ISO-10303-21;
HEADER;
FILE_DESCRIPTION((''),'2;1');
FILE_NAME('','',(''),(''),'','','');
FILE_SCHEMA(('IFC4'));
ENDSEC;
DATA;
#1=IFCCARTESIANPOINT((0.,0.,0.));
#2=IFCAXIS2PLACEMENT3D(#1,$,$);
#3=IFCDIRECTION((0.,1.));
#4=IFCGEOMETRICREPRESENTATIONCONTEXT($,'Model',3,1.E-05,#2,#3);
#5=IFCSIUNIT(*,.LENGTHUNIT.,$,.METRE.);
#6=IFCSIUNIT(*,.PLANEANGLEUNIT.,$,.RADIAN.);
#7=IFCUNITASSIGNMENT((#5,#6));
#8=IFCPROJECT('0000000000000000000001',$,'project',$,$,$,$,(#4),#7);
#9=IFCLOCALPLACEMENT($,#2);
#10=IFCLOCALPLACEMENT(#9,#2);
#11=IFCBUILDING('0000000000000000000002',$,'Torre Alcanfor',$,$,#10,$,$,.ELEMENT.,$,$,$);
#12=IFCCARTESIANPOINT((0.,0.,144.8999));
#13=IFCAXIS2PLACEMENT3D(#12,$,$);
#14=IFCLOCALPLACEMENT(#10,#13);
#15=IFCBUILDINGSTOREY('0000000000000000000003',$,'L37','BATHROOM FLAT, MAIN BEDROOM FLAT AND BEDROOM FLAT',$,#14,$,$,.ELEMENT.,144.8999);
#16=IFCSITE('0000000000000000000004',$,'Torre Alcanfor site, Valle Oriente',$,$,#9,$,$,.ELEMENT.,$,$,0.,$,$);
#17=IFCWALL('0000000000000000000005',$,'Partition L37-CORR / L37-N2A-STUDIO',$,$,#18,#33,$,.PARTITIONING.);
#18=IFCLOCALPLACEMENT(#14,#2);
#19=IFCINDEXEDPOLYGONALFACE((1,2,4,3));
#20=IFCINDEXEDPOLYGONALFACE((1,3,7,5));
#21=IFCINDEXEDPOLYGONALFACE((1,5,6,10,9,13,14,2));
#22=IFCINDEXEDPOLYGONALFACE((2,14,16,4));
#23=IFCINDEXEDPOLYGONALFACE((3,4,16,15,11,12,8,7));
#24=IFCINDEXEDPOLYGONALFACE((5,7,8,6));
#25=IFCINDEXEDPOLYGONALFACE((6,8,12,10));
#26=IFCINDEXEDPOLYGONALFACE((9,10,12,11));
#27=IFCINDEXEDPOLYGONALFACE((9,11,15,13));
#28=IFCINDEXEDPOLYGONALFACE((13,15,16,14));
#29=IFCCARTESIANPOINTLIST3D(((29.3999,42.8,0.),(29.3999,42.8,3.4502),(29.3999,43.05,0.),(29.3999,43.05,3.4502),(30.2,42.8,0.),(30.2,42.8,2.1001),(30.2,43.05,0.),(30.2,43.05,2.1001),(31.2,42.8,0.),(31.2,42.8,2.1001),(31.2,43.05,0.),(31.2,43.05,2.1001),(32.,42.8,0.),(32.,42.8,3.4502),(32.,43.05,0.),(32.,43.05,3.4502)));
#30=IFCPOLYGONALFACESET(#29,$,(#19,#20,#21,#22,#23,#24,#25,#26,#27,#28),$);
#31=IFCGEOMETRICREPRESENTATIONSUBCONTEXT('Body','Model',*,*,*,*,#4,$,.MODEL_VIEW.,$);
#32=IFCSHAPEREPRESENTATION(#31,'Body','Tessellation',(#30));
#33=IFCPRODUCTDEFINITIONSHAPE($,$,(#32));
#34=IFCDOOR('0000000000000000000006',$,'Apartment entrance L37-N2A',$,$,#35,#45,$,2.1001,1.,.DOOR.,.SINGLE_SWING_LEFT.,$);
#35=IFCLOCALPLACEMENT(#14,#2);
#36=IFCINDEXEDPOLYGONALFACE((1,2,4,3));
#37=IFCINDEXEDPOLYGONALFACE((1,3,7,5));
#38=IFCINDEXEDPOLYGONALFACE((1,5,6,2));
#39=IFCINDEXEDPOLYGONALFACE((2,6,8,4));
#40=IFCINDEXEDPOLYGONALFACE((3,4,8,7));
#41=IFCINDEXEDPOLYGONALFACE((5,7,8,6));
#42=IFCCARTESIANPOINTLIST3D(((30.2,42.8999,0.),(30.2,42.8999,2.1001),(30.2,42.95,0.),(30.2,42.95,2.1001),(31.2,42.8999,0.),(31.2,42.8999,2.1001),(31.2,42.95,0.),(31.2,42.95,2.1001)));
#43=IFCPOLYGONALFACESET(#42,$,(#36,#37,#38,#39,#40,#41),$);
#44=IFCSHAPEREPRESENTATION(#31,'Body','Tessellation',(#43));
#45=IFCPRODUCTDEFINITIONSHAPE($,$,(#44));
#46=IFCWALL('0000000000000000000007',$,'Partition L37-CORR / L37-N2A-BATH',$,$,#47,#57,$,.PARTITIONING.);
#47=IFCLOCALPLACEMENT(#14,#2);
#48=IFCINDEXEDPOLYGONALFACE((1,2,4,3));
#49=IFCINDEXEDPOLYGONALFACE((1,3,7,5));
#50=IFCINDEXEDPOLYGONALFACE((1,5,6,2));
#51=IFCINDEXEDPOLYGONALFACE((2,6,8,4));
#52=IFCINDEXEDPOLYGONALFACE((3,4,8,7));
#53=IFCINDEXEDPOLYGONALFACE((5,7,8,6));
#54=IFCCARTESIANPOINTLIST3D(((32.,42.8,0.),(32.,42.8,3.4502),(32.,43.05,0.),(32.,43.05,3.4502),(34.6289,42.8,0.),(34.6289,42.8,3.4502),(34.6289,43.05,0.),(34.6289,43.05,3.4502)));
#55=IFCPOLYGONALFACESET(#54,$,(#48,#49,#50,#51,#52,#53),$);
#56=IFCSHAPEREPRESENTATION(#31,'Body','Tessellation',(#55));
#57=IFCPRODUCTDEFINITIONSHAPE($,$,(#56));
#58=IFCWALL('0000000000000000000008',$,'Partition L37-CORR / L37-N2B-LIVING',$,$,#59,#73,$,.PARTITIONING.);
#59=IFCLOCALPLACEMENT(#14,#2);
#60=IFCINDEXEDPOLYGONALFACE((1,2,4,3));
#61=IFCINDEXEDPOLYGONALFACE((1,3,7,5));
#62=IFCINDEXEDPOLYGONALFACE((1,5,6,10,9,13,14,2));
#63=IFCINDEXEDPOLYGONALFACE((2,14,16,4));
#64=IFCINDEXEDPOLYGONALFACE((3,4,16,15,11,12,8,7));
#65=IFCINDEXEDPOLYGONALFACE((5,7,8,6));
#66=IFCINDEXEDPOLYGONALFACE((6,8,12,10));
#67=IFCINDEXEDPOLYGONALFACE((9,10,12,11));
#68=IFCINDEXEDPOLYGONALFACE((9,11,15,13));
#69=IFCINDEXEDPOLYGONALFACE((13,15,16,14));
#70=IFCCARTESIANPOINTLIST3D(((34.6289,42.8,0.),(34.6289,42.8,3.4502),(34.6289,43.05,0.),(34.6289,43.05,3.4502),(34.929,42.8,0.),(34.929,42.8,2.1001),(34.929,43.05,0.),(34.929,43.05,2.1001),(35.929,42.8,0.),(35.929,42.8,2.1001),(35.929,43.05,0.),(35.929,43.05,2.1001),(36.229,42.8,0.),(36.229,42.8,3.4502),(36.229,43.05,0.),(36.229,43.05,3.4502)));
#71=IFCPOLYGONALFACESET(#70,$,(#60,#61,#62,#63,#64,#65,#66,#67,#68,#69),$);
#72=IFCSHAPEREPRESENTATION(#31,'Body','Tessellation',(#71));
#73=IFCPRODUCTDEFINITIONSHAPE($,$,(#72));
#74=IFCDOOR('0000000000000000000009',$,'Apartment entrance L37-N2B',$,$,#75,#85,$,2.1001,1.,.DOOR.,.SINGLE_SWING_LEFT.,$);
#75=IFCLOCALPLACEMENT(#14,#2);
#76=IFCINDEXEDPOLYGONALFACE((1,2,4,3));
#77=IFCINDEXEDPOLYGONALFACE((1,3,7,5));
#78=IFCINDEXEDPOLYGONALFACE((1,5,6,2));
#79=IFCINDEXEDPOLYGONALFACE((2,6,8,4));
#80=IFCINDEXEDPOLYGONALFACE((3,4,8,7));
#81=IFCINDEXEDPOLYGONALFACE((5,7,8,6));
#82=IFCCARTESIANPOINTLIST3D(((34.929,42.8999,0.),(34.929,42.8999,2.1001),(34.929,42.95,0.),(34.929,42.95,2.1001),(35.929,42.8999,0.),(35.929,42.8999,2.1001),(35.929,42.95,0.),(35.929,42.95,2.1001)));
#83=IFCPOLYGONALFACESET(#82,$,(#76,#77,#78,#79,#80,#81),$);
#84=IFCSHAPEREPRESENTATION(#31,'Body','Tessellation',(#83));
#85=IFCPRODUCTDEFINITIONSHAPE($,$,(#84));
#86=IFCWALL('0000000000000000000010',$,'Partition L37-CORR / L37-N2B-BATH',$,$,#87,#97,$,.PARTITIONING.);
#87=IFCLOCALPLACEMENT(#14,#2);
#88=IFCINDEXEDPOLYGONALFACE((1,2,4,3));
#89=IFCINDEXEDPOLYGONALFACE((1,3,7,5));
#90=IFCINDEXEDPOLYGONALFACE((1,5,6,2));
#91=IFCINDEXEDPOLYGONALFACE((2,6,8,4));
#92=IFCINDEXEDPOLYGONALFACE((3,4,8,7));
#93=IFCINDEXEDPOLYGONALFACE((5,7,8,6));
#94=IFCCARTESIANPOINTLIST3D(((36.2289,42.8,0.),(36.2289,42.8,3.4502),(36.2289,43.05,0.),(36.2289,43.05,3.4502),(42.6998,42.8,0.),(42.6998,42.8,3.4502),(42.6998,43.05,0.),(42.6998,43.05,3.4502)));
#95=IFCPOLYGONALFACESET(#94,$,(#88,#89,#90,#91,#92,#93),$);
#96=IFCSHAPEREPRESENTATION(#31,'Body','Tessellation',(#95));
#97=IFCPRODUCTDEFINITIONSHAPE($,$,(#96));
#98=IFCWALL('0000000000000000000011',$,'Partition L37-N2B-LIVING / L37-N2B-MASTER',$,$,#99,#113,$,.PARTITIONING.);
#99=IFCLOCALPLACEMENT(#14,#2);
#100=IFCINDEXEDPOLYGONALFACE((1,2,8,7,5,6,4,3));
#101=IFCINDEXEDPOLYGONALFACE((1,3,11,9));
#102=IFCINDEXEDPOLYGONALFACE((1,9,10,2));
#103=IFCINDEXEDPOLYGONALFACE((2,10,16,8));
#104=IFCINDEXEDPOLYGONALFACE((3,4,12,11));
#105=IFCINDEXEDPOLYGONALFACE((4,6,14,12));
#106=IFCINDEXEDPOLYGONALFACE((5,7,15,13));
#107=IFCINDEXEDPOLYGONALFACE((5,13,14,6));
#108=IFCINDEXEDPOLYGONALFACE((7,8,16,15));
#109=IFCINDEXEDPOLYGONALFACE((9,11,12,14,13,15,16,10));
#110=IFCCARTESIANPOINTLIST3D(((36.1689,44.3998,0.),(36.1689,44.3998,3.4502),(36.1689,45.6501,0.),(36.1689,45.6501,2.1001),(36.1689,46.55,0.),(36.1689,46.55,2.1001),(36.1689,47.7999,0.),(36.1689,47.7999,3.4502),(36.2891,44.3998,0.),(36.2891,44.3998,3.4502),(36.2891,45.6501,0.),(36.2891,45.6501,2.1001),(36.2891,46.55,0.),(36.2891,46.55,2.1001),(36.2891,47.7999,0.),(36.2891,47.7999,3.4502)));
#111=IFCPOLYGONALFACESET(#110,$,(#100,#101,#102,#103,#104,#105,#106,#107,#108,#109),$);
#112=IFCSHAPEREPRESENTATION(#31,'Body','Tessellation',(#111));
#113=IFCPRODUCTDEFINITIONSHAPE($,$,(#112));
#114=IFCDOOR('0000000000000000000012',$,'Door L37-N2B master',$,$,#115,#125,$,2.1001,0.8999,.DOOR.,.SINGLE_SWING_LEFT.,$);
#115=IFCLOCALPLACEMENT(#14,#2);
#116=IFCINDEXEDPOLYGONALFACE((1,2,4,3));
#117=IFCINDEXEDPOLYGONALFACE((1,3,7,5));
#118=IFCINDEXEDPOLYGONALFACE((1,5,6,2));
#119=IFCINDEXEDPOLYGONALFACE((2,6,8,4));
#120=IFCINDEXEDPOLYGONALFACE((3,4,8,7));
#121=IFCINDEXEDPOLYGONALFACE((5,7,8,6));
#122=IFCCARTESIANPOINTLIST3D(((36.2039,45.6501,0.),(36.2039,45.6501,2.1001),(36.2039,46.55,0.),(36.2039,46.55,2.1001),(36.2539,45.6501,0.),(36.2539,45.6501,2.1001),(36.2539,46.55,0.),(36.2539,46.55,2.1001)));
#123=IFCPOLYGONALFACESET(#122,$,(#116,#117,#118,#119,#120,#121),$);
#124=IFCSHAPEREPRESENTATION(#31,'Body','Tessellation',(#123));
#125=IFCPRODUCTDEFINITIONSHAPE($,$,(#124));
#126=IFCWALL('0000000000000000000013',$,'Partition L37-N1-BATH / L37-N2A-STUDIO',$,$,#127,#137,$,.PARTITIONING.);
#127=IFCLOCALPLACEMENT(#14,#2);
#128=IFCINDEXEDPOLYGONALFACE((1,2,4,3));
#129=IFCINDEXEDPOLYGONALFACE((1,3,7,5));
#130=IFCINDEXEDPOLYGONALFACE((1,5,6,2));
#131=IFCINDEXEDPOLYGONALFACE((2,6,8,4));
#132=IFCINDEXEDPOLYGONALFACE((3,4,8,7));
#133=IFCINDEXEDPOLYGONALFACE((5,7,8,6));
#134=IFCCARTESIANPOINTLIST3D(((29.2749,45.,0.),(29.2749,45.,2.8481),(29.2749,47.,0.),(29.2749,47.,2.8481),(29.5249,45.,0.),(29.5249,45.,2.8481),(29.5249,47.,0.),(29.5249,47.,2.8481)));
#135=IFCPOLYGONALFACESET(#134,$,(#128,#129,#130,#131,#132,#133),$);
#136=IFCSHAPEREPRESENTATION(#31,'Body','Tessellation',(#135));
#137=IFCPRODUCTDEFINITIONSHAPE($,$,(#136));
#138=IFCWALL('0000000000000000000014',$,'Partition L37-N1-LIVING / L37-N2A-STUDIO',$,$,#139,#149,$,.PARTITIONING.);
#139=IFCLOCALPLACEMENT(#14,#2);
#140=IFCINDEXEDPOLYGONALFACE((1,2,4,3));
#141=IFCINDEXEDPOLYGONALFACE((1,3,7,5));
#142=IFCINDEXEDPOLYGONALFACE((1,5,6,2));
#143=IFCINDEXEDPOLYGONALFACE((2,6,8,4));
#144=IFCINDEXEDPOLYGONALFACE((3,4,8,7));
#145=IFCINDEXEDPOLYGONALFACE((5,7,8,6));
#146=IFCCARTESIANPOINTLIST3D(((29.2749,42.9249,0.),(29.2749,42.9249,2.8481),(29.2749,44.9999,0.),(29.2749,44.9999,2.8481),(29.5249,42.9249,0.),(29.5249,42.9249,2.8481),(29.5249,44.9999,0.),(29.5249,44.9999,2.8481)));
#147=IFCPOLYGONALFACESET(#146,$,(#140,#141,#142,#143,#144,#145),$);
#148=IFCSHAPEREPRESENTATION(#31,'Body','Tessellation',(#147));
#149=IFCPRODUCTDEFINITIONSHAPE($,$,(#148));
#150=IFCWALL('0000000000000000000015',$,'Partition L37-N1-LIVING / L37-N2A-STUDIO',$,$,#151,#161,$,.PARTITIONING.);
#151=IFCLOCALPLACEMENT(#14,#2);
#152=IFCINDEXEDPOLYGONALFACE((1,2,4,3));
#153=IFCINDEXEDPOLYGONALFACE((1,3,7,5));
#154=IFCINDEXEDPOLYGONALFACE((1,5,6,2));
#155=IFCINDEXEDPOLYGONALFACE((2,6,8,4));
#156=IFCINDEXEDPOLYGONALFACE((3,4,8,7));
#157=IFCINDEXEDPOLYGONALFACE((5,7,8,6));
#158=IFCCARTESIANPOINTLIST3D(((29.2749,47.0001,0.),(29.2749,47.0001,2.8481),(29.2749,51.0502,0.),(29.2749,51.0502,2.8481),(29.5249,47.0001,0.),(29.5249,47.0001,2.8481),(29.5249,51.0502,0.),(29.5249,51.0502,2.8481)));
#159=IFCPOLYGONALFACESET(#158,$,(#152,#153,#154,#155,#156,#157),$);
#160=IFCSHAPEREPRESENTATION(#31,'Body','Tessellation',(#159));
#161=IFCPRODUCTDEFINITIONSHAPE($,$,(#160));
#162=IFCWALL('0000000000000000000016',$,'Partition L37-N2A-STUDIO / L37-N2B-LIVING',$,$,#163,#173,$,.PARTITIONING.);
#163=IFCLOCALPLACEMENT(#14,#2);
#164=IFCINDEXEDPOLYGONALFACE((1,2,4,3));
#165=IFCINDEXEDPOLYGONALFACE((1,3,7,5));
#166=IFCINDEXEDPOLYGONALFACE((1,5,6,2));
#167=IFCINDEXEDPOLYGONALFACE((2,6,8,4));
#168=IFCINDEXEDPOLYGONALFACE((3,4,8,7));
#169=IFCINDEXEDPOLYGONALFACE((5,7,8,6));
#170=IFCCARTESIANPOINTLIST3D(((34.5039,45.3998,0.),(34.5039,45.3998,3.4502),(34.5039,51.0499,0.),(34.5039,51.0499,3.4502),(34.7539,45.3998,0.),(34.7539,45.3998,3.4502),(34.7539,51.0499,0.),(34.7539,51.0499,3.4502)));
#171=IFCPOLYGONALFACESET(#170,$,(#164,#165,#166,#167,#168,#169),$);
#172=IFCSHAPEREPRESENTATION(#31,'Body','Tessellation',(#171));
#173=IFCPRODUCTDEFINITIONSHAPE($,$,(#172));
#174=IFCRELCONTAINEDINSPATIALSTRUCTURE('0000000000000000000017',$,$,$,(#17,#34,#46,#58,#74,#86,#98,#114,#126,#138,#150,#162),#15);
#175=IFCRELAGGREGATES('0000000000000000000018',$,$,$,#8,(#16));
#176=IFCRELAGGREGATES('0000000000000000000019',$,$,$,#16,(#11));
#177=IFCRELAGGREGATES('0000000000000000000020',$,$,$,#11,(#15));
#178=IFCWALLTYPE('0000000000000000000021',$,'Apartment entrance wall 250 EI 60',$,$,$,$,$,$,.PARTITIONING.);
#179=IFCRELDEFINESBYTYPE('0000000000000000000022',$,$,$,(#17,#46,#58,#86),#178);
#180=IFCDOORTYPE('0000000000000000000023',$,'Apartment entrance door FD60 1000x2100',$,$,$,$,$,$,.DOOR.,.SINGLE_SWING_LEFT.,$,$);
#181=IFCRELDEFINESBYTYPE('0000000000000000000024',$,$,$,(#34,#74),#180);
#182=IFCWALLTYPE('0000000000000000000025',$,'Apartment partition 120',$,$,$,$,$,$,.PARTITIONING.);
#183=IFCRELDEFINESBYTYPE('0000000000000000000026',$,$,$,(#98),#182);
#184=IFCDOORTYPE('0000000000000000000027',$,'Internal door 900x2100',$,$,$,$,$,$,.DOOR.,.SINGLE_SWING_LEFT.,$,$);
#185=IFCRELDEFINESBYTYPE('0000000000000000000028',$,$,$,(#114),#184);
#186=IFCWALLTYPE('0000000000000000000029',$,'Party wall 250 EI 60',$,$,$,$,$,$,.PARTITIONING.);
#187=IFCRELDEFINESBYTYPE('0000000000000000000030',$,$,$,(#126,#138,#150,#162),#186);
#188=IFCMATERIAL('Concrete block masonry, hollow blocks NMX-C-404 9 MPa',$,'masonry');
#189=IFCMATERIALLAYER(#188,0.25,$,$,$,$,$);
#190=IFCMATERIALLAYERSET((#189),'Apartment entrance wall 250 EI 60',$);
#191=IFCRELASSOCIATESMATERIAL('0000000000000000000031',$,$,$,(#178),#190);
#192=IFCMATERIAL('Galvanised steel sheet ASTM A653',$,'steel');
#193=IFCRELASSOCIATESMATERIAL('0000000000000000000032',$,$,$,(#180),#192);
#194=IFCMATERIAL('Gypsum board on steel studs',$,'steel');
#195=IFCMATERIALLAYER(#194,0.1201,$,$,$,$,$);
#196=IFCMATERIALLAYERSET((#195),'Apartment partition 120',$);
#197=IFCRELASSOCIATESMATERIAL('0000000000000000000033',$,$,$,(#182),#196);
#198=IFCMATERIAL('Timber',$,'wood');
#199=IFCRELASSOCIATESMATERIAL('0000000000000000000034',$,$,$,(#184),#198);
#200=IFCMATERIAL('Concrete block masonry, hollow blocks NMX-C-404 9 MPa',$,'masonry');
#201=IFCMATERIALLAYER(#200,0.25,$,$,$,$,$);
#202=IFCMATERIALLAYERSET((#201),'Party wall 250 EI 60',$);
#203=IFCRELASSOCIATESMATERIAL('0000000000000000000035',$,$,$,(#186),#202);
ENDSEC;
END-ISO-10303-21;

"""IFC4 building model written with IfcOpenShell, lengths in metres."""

from ifc_helpers import new_model, si_unit, direction, frame, frame_2d, origin, place, context, subcontext, project, spatial, rectangle, extrude, material, layer, layer_set, type_object, element, fill, save


model = new_model("IFC4")

# Units and contexts
model_context = context("Model", 3, precision=1e-05, world=origin(), true_north=direction((0.0, 1.0)))
body_context = subcontext(model_context, "Body", "Model", "MODEL_VIEW")
ifc_project = project(units=[si_unit("LENGTHUNIT", "METRE"), si_unit("PLANEANGLEUNIT", "RADIAN")], contexts=[model_context])

# Site, building, storey
site_placement = place(None, origin())
site = spatial("IfcSite", under=ifc_project, at=site_placement, Name="Torre Alcanfor site, Valle Oriente", CompositionType="ELEMENT", RefElevation=0.0)
building_placement = place(site_placement, origin())
building = spatial("IfcBuilding", under=site, at=building_placement, Name="Torre Alcanfor", CompositionType="ELEMENT")
storey_placement = place(building_placement, frame((0.0, 0.0, 144.8999)))
storey = spatial("IfcBuildingStorey", under=building, at=storey_placement, Name="L37", Description="BATHROOM FLAT, MAIN BEDROOM FLAT AND BEDROOM FLAT", CompositionType="ELEMENT", Elevation=144.8999)

# Wall, opening, door
ifc_material_1 = material(Name="Concrete block masonry, hollow blocks NMX-C-404 9 MPa", Category="masonry")
ifc_layer_1 = layer(ifc_material_1, 0.25)
ifc_layer_set_1 = layer_set([ifc_layer_1], Name="Apartment entrance wall 250 EI 60")
wall_type_1 = type_object("IfcWallType", Name="Apartment entrance wall 250 EI 60", PredefinedType="PARTITIONING", material=ifc_layer_set_1)
wall_1_placement = place(storey_placement, frame((29.3999, 42.925, 0.0), z_axis=(0.0, 0.0, 1.0), x_axis=(1.0, 0.0, 0.0)))
wall_1 = element("IfcWall", 1, at=wall_1_placement, inside=storey, type_object=wall_type_1, Name="Partition L37-CORR / L37-N2A-STUDIO", PredefinedType="PARTITIONING", context=body_context, shape_type="SweptSolid", body=[
    extrude(rectangle(XDim=2.6001, YDim=0.25, at=frame_2d((1.3, 0.0))), origin(), (0.0, 0.0, 1.0), 3.4502),
])
opening_1_placement = place(wall_1_placement, frame((0.8, 0.0, 0.0)))
opening_1 = element("IfcOpeningElement", 2, at=opening_1_placement, cuts=wall_1, PredefinedType="OPENING", context=body_context, shape_type="SweptSolid", body=[
    extrude(rectangle(XDim=1.0, YDim=2.1001, at=frame_2d((0.5, 1.05))), frame((0.0, 0.135, 0.0), z_axis=(0.0, -1.0, 0.0), x_axis=(1.0, 0.0, 0.0)), (0.0, 0.0, 1.0), 0.27),
])
ifc_material_2 = material(Name="Galvanised steel sheet ASTM A653", Category="steel")
door_type_1 = type_object("IfcDoorType", Name="Apartment entrance door FD60 1000x2100", OperationType="SINGLE_SWING_LEFT", PredefinedType="DOOR", material=ifc_material_2)
door_1_placement = place(opening_1_placement, origin())
door_1 = element("IfcDoor", 3, at=door_1_placement, inside=storey, type_object=door_type_1, Name="Apartment entrance L37-N2A", OperationType="SINGLE_SWING_LEFT", OverallHeight=2.1001, OverallWidth=1.0, PredefinedType="DOOR", context=body_context, shape_type="SweptSolid", body=[
    extrude(rectangle(XDim=1.0, YDim=2.1001, at=frame_2d((0.5, 1.05))), frame((0.0, 0.0249, 0.0), z_axis=(0.0, -1.0, 0.0), x_axis=(1.0, 0.0, 0.0)), (0.0, 0.0, 1.0), 0.05),
])
fill(opening_1, door_1)

# Wall
wall_2_placement = place(storey_placement, frame((32.0, 42.925, 0.0), z_axis=(0.0, 0.0, 1.0), x_axis=(1.0, 0.0, 0.0)))
element("IfcWall", 4, at=wall_2_placement, inside=storey, type_object=wall_type_1, Name="Partition L37-CORR / L37-N2A-BATH", PredefinedType="PARTITIONING", context=body_context, shape_type="SweptSolid", body=[
    extrude(rectangle(XDim=2.6289, YDim=0.25, at=frame_2d((1.3145, 0.0))), origin(), (0.0, 0.0, 1.0), 3.4502),
])

# Wall, opening, door
wall_3_placement = place(storey_placement, frame((34.6289, 42.925, 0.0), z_axis=(0.0, 0.0, 1.0), x_axis=(1.0, 0.0, 0.0)))
wall_3 = element("IfcWall", 5, at=wall_3_placement, inside=storey, type_object=wall_type_1, Name="Partition L37-CORR / L37-N2B-LIVING", PredefinedType="PARTITIONING", context=body_context, shape_type="SweptSolid", body=[
    extrude(rectangle(XDim=1.6001, YDim=0.25, at=frame_2d((0.8, 0.0))), origin(), (0.0, 0.0, 1.0), 3.4502),
])
opening_2_placement = place(wall_3_placement, frame((0.3, 0.0, 0.0)))
opening_2 = element("IfcOpeningElement", 6, at=opening_2_placement, cuts=wall_3, PredefinedType="OPENING", context=body_context, shape_type="SweptSolid", body=[
    extrude(rectangle(XDim=1.0, YDim=2.1001, at=frame_2d((0.5, 1.05))), frame((0.0, 0.135, 0.0), z_axis=(0.0, -1.0, 0.0), x_axis=(1.0, 0.0, 0.0)), (0.0, 0.0, 1.0), 0.27),
])
door_2_placement = place(opening_2_placement, origin())
door_2 = element("IfcDoor", 7, at=door_2_placement, inside=storey, type_object=door_type_1, Name="Apartment entrance L37-N2B", OperationType="SINGLE_SWING_LEFT", OverallHeight=2.1001, OverallWidth=1.0, PredefinedType="DOOR", context=body_context, shape_type="SweptSolid", body=[
    extrude(rectangle(XDim=1.0, YDim=2.1001, at=frame_2d((0.5, 1.05))), frame((0.0, 0.0249, 0.0), z_axis=(0.0, -1.0, 0.0), x_axis=(1.0, 0.0, 0.0)), (0.0, 0.0, 1.0), 0.05),
])
fill(opening_2, door_2)

# Wall
wall_4_placement = place(storey_placement, frame((36.229, 42.925, 0.0), z_axis=(0.0, 0.0, 1.0), x_axis=(1.0, 0.0, 0.0)))
element("IfcWall", 8, at=wall_4_placement, inside=storey, type_object=wall_type_1, Name="Partition L37-CORR / L37-N2B-BATH", PredefinedType="PARTITIONING", context=body_context, shape_type="SweptSolid", body=[
    extrude(rectangle(XDim=6.4709, YDim=0.25, at=frame_2d((3.2354, 0.0))), origin(), (0.0, 0.0, 1.0), 3.4502),
])

# Wall, opening, door
ifc_material_3 = material(Name="Gypsum board on steel studs", Category="steel")
ifc_layer_2 = layer(ifc_material_3, 0.1201)
ifc_layer_set_2 = layer_set([ifc_layer_2], Name="Apartment partition 120")
wall_type_2 = type_object("IfcWallType", Name="Apartment partition 120", PredefinedType="PARTITIONING", material=ifc_layer_set_2)
wall_5_placement = place(storey_placement, frame((36.229, 47.8, 0.0), z_axis=(0.0, 0.0, 1.0), x_axis=(0.0, -1.0, 0.0)))
wall_5 = element("IfcWall", 9, at=wall_5_placement, inside=storey, type_object=wall_type_2, Name="Partition L37-N2B-LIVING / L37-N2B-MASTER", PredefinedType="PARTITIONING", context=body_context, shape_type="SweptSolid", body=[
    extrude(rectangle(XDim=3.4001, YDim=0.1201, at=frame_2d((1.7002, 0.0))), origin(), (0.0, 0.0, 1.0), 3.4502),
])
opening_3_placement = place(wall_5_placement, frame((1.25, 0.0, 0.0)))
opening_3 = element("IfcOpeningElement", 10, at=opening_3_placement, cuts=wall_5, PredefinedType="OPENING", context=body_context, shape_type="SweptSolid", body=[
    extrude(rectangle(XDim=0.8999, YDim=2.1001, at=frame_2d((0.45, 1.05))), frame((0.0, 0.0701, 0.0), z_axis=(0.0, -1.0, 0.0), x_axis=(1.0, 0.0, 0.0)), (0.0, 0.0, 1.0), 0.1401),
])
ifc_material_4 = material(Name="Timber", Category="wood")
door_type_2 = type_object("IfcDoorType", Name="Internal door 900x2100", OperationType="SINGLE_SWING_LEFT", PredefinedType="DOOR", material=ifc_material_4)
door_3_placement = place(opening_3_placement, origin())
door_3 = element("IfcDoor", 11, at=door_3_placement, inside=storey, type_object=door_type_2, Name="Door L37-N2B master", OperationType="SINGLE_SWING_LEFT", OverallHeight=2.1001, OverallWidth=0.8999, PredefinedType="DOOR", context=body_context, shape_type="SweptSolid", body=[
    extrude(rectangle(XDim=0.8999, YDim=2.1001, at=frame_2d((0.45, 1.05))), frame((0.0, 0.0249, 0.0), z_axis=(0.0, -1.0, 0.0), x_axis=(1.0, 0.0, 0.0)), (0.0, 0.0, 1.0), 0.05),
])
fill(opening_3, door_3)

# Walls
ifc_material_5 = material(Name="Concrete block masonry, hollow blocks NMX-C-404 9 MPa", Category="masonry")
ifc_layer_3 = layer(ifc_material_5, 0.25)
ifc_layer_set_3 = layer_set([ifc_layer_3], Name="Party wall 250 EI 60")
wall_type_3 = type_object("IfcWallType", Name="Party wall 250 EI 60", PredefinedType="PARTITIONING", material=ifc_layer_set_3)
wall_6_placement = place(storey_placement, frame((29.3999, 45.0, 0.0), z_axis=(0.0, 0.0, 1.0), x_axis=(0.0, 1.0, 0.0)))
element("IfcWall", 12, at=wall_6_placement, inside=storey, type_object=wall_type_3, Name="Partition L37-N1-BATH / L37-N2A-STUDIO", PredefinedType="PARTITIONING", context=body_context, shape_type="SweptSolid", body=[
    extrude(rectangle(XDim=2.0, YDim=0.25, at=frame_2d((1.0, 0.0))), origin(), (0.0, 0.0, 1.0), 2.8481),
])
wall_7_placement = place(storey_placement, frame((29.3999, 45.0, 0.0), z_axis=(0.0, 0.0, 1.0), x_axis=(0.0, -1.0, 0.0)))
element("IfcWall", 13, at=wall_7_placement, inside=storey, type_object=wall_type_3, Name="Partition L37-N1-LIVING / L37-N2A-STUDIO", PredefinedType="PARTITIONING", context=body_context, shape_type="SweptSolid", body=[
    extrude(rectangle(XDim=2.075, YDim=0.25, at=frame_2d((1.0376, 0.0))), origin(), (0.0, 0.0, 1.0), 2.8481),
])
wall_8_placement = place(storey_placement, frame((29.3999, 51.05, 0.0), z_axis=(0.0, 0.0, 1.0), x_axis=(0.0, -1.0, 0.0)))
element("IfcWall", 14, at=wall_8_placement, inside=storey, type_object=wall_type_3, Name="Partition L37-N1-LIVING / L37-N2A-STUDIO", PredefinedType="PARTITIONING", context=body_context, shape_type="SweptSolid", body=[
    extrude(rectangle(XDim=4.05, YDim=0.25, at=frame_2d((2.0249, 0.0))), origin(), (0.0, 0.0, 1.0), 2.8481),
])
wall_9_placement = place(storey_placement, frame((34.6289, 51.05, 0.0), z_axis=(0.0, 0.0, 1.0), x_axis=(0.0, -1.0, 0.0)))
element("IfcWall", 15, at=wall_9_placement, inside=storey, type_object=wall_type_3, Name="Partition L37-N2A-STUDIO / L37-N2B-LIVING", PredefinedType="PARTITIONING", context=body_context, shape_type="SweptSolid", body=[
    extrude(rectangle(XDim=5.6501, YDim=0.25, at=frame_2d((2.8252, 0.0))), origin(), (0.0, 0.0, 1.0), 3.4502),
])

save(model, "model.ifc")
